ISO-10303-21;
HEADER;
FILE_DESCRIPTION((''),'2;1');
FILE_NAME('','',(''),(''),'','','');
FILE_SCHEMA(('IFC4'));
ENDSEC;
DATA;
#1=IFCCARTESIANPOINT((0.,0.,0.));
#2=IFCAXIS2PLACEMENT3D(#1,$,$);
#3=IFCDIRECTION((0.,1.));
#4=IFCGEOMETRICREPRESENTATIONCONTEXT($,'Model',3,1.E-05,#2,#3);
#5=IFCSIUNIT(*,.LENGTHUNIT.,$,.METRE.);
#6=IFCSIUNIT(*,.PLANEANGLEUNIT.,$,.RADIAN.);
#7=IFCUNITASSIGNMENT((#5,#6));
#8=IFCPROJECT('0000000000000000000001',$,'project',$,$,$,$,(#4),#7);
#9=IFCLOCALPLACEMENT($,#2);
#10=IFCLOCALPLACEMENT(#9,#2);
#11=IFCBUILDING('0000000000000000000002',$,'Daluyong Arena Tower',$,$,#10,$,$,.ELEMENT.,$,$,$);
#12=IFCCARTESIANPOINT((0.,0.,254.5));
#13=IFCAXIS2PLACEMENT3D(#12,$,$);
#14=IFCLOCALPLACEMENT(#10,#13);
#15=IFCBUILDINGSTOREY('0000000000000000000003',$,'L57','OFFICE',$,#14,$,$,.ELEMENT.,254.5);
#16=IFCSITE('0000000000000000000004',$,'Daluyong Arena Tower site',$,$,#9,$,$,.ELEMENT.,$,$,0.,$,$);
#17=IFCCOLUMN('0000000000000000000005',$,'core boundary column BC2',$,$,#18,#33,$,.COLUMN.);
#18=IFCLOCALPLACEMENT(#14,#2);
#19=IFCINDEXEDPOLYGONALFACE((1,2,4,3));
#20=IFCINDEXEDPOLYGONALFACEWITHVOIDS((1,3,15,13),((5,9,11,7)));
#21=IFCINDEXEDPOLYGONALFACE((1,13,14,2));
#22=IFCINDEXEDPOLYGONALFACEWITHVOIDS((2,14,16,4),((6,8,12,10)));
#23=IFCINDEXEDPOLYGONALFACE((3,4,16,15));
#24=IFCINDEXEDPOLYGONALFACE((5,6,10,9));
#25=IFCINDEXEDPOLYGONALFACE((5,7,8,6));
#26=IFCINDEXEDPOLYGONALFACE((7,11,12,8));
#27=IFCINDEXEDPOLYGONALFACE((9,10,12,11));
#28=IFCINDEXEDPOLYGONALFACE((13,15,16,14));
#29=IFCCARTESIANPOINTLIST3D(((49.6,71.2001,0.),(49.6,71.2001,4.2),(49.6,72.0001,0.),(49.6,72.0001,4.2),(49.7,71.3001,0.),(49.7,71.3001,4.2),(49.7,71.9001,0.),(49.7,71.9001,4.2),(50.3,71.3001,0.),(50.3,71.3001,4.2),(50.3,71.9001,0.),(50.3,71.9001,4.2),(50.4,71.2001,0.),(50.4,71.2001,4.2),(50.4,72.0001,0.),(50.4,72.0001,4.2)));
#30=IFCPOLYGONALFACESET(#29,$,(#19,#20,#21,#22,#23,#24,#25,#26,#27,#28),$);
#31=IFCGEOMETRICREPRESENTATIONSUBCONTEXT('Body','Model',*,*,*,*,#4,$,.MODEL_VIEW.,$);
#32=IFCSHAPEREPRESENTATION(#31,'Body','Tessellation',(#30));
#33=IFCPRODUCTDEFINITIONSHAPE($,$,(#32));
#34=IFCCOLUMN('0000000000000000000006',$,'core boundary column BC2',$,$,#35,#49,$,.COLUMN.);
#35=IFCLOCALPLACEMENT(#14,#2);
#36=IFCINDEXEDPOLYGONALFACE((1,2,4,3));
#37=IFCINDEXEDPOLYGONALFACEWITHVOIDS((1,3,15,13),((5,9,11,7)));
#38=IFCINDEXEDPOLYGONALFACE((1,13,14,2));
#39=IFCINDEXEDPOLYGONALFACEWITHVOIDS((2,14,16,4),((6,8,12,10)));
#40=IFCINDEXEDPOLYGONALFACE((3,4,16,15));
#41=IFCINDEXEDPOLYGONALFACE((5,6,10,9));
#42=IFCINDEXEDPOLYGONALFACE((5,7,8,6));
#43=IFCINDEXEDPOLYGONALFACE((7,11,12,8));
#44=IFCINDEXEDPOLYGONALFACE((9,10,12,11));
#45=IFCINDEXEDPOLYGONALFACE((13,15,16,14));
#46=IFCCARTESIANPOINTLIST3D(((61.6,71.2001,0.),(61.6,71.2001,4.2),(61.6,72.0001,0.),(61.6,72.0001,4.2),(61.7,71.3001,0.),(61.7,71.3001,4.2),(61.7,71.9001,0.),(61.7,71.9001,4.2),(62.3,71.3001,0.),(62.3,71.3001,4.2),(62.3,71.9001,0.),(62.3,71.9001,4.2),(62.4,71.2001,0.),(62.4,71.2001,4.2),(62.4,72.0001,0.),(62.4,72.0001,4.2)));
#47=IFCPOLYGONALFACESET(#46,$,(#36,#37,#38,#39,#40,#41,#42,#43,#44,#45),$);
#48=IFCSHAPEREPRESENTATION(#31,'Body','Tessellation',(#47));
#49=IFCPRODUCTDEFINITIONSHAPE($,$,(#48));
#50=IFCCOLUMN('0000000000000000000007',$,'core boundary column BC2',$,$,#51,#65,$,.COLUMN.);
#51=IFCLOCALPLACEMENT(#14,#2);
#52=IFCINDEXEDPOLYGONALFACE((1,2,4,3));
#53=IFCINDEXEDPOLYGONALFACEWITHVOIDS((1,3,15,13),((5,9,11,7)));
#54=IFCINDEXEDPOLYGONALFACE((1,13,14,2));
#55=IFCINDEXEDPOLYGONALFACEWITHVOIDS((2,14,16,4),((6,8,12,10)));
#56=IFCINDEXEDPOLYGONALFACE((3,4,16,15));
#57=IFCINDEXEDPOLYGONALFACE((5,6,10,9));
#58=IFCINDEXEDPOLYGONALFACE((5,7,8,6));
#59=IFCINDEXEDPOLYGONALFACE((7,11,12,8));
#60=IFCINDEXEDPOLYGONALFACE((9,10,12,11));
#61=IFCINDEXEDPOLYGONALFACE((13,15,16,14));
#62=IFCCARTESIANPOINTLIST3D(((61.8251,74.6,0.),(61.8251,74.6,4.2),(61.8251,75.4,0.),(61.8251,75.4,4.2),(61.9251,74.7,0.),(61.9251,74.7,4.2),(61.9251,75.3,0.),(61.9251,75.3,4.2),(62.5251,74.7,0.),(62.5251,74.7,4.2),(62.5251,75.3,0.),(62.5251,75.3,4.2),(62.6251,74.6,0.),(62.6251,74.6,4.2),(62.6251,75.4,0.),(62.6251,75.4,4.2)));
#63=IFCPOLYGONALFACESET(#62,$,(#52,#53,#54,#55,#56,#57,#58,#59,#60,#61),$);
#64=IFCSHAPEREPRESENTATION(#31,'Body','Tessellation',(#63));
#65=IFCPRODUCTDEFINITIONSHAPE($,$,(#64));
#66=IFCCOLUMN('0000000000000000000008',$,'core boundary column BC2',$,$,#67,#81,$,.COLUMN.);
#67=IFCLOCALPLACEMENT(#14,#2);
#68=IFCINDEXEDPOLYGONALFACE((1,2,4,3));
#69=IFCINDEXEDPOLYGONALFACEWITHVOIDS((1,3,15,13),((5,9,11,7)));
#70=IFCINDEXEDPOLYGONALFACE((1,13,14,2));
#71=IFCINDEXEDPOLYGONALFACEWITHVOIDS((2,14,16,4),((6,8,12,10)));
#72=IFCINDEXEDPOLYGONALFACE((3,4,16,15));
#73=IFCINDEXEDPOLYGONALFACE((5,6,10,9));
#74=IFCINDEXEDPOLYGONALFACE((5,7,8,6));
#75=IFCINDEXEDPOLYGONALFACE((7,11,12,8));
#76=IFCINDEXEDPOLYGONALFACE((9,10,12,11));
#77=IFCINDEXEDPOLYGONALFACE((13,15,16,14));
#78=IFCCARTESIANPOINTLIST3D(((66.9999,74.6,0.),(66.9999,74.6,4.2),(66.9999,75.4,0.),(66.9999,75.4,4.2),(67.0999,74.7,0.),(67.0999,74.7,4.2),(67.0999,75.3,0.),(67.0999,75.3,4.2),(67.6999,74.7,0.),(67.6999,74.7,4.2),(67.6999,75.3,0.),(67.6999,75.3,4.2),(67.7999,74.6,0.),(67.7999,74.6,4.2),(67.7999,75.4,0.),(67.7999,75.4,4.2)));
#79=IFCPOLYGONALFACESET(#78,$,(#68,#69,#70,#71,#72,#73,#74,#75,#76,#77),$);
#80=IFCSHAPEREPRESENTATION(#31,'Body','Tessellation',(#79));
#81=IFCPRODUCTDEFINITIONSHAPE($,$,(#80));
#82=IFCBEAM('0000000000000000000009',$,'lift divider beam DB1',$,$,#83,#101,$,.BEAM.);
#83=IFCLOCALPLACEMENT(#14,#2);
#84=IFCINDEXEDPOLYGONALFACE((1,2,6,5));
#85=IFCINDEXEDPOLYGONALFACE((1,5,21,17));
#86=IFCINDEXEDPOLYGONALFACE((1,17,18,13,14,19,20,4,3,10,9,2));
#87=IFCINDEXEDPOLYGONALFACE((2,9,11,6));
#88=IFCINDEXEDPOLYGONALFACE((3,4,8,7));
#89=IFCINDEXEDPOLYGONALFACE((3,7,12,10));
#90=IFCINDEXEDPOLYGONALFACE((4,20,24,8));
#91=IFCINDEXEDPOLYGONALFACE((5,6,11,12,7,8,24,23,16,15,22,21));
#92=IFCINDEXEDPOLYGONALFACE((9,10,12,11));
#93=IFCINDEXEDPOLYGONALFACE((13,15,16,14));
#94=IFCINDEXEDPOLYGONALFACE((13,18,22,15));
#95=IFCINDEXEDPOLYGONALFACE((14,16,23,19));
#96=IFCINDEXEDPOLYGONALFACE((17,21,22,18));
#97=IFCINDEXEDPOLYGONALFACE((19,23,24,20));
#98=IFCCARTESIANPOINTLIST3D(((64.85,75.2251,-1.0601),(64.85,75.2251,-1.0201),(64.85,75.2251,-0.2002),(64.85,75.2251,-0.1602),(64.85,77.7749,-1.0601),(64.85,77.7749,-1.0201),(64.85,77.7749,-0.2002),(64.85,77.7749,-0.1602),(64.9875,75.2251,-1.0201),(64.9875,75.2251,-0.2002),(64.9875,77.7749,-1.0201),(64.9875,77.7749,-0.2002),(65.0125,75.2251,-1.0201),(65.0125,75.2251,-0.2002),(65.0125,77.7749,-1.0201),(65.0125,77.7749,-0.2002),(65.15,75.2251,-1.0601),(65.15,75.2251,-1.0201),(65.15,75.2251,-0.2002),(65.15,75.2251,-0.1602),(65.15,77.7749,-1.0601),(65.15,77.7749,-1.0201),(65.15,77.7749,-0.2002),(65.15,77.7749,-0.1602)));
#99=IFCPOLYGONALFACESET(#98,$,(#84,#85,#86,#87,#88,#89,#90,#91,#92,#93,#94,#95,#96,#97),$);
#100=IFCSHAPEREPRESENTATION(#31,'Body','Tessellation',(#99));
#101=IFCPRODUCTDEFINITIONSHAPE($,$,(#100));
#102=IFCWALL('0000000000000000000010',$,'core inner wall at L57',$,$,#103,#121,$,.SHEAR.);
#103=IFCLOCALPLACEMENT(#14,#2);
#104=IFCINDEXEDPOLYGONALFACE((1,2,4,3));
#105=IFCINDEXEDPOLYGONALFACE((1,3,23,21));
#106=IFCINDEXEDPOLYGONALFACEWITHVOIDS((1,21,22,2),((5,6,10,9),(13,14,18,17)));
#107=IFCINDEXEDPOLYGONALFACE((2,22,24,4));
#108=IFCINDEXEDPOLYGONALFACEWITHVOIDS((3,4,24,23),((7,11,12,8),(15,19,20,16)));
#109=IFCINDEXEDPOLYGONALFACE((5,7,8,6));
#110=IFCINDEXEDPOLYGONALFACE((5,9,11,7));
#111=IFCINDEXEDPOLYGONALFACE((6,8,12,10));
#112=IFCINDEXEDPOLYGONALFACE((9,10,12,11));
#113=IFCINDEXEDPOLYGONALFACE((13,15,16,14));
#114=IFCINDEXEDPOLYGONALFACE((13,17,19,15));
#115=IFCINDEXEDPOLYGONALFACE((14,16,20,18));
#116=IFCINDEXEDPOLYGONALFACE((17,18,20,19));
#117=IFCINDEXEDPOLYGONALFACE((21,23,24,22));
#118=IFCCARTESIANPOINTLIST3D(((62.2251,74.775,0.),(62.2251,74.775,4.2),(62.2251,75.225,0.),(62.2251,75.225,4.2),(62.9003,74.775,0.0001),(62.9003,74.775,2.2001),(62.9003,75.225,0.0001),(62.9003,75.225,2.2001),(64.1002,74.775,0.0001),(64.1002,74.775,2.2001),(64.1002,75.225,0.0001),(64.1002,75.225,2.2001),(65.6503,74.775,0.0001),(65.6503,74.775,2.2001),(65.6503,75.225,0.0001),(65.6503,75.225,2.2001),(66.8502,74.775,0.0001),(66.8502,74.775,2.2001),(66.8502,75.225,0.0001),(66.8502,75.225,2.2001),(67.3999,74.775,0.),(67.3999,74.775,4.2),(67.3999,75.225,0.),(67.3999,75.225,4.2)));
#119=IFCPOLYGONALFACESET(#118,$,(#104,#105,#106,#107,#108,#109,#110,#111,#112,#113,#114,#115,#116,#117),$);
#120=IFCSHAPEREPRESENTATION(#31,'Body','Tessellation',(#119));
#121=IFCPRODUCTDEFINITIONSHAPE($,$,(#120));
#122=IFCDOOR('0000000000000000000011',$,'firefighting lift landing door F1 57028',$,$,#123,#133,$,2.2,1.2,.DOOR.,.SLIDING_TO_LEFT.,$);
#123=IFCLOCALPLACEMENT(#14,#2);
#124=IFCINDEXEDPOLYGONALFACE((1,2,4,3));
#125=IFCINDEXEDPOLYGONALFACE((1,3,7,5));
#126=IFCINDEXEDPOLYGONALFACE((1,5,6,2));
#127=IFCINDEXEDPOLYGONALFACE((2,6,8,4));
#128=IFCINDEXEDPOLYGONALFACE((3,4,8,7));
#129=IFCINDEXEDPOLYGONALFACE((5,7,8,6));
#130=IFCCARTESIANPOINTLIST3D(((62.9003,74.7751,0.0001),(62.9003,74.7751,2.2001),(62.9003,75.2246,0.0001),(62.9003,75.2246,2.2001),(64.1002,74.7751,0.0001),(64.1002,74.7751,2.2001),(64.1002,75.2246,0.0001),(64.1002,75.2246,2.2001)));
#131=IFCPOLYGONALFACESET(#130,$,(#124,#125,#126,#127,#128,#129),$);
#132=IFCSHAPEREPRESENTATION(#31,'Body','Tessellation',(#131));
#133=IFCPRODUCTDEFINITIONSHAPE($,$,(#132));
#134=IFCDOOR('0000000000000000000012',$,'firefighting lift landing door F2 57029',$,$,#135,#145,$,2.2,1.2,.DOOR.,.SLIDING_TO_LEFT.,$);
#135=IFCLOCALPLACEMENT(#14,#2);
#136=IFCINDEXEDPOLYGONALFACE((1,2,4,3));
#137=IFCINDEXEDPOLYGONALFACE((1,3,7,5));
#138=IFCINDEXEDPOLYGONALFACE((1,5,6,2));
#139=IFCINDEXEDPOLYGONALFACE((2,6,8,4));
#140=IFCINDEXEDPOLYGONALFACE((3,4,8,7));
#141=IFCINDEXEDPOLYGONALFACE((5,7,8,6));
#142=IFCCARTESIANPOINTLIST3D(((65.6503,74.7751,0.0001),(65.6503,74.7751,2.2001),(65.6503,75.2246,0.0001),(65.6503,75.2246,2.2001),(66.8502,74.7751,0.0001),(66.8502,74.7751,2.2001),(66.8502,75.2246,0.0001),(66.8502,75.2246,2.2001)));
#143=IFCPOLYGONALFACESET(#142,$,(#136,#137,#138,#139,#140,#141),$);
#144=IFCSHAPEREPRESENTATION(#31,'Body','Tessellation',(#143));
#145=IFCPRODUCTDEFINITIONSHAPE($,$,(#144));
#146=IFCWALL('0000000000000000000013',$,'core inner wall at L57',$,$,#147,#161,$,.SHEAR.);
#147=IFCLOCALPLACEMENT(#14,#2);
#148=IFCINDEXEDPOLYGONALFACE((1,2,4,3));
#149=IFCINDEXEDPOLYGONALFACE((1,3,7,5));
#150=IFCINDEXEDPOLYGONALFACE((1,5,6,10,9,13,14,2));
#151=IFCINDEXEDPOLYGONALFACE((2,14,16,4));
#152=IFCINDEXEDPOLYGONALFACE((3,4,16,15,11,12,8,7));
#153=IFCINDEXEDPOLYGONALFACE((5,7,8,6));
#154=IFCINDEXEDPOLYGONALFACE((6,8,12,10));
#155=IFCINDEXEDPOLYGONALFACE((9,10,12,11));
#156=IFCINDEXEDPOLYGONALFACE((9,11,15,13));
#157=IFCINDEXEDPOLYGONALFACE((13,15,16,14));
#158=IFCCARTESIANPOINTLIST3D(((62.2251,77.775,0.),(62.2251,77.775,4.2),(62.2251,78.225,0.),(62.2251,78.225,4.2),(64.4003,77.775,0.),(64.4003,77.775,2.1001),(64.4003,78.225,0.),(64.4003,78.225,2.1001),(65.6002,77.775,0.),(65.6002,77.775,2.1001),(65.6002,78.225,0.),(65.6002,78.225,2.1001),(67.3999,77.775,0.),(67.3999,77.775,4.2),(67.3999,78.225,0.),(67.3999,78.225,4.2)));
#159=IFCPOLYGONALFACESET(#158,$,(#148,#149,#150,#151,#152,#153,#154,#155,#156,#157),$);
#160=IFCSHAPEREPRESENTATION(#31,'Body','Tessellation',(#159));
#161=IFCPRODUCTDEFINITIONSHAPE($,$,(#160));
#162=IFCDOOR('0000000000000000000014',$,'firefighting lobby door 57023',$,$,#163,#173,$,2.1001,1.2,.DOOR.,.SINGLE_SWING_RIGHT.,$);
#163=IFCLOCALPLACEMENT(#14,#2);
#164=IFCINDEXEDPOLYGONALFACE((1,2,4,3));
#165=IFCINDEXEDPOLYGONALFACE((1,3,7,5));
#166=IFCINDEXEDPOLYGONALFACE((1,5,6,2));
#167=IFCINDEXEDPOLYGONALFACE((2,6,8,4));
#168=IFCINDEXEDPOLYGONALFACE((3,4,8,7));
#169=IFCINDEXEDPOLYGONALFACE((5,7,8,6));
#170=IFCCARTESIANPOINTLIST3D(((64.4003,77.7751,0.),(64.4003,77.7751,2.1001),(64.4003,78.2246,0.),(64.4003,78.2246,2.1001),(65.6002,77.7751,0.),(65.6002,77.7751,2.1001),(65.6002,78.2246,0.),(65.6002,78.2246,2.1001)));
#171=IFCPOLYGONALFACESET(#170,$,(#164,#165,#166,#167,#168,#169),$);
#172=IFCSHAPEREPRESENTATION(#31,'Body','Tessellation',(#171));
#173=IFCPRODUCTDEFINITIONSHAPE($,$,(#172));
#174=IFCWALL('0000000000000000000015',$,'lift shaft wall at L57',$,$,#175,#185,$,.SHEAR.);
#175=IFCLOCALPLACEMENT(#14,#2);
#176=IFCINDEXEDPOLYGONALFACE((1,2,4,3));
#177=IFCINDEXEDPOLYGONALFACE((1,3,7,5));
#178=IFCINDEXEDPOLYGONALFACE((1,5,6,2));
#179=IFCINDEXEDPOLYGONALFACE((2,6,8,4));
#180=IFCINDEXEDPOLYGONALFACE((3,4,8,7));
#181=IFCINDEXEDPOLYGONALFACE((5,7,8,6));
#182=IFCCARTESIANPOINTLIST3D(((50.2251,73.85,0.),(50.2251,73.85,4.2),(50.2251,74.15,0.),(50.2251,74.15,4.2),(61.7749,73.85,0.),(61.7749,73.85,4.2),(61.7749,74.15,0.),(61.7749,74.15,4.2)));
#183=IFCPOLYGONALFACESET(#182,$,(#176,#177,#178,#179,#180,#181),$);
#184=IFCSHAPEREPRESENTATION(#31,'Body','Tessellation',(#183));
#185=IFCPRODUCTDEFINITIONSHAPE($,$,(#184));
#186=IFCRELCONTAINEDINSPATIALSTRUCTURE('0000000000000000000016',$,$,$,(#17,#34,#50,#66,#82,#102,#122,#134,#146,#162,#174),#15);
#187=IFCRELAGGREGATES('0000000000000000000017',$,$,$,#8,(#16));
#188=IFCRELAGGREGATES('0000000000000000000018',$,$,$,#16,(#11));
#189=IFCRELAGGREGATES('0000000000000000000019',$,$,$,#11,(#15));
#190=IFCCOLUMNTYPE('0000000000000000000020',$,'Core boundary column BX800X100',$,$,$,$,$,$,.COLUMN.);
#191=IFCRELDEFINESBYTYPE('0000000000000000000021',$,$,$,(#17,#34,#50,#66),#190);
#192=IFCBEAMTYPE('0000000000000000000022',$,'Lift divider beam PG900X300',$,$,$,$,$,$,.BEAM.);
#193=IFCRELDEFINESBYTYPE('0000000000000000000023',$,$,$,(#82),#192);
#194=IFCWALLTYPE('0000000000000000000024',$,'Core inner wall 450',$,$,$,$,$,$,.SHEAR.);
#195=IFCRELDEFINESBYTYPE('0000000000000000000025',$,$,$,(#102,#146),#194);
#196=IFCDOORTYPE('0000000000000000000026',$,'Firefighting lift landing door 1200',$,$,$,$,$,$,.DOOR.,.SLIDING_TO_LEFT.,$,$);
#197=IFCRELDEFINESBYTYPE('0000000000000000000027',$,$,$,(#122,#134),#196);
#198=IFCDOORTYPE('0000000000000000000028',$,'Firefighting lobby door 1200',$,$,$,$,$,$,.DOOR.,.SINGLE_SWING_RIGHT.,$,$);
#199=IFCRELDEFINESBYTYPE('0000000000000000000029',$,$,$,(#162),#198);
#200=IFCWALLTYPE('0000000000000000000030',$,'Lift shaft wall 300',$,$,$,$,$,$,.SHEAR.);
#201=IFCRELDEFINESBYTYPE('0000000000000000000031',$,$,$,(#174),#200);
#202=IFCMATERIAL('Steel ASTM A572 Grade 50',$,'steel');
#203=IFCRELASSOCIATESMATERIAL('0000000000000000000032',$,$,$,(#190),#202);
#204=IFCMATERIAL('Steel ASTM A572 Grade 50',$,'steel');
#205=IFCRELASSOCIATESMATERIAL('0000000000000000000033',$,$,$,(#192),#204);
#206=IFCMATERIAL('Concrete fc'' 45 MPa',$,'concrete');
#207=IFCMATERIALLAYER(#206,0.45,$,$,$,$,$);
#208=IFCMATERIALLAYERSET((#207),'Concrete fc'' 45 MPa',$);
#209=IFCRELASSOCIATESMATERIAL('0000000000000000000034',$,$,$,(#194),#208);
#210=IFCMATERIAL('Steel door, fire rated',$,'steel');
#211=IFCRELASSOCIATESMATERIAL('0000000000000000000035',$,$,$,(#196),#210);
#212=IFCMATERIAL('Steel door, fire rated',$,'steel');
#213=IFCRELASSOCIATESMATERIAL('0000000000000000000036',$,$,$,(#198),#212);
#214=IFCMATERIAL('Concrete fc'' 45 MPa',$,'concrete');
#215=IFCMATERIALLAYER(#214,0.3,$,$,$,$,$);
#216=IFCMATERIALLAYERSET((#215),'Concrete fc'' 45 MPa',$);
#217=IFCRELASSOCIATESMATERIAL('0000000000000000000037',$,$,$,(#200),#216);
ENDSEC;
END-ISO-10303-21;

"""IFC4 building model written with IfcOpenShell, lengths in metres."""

from ifc_helpers import new_model, si_unit, direction, frame, frame_2d, origin, origin_2d, place, context, subcontext, project, spatial, rectangle, hollow_rectangle, i_section, extrude, material, layer, layer_set, material_profile, profile_set, type_object, element, fill, save


model = new_model("IFC4")

# Units and contexts
model_context = context("Model", 3, precision=1e-05, world=origin(), true_north=direction((0.0, 1.0)))
body_context = subcontext(model_context, "Body", "Model", "MODEL_VIEW")
ifc_project = project(units=[si_unit("LENGTHUNIT", "METRE"), si_unit("PLANEANGLEUNIT", "RADIAN")], contexts=[model_context])

# Site, building, storey
site_placement = place(None, origin())
site = spatial("IfcSite", under=ifc_project, at=site_placement, Name="Daluyong Arena Tower site", CompositionType="ELEMENT", RefElevation=0.0)
building_placement = place(site_placement, origin())
building = spatial("IfcBuilding", under=site, at=building_placement, Name="Daluyong Arena Tower", CompositionType="ELEMENT")
storey_placement = place(building_placement, frame((0.0, 0.0, 254.5)))
storey = spatial("IfcBuildingStorey", under=building, at=storey_placement, Name="L57", Description="OFFICE", CompositionType="ELEMENT", Elevation=254.5)

# Columns
ifc_material_1 = material(Name="Steel ASTM A572 Grade 50", Category="steel")
ifc_material_profile_1 = material_profile(ifc_material_1, hollow_rectangle(XDim=0.8, YDim=0.8, WallThickness=0.1, at=origin_2d()))
ifc_profile_set_1 = profile_set([ifc_material_profile_1], Name="Steel ASTM A572 Grade 50")
column_type = type_object("IfcColumnType", Name="Core boundary column BX800X100", PredefinedType="COLUMN", material=ifc_profile_set_1)
for number, where, z_axis, x_axis, name in (
    (1, (50.0, 71.6001, 0.0), (0.0, 0.0, 1.0), (1.0, 0.0, 0.0), "core boundary column BC2"),
    (2, (62.0, 71.6001, 0.0), (0.0, 0.0, 1.0), (1.0, 0.0, 0.0), "core boundary column BC2"),
    (3, (62.2251, 75.0, 0.0), (0.0, 0.0, 1.0), (1.0, 0.0, 0.0), "core boundary column BC2"),
    (4, (67.3999, 75.0, 0.0), (0.0, 0.0, 1.0), (1.0, 0.0, 0.0), "core boundary column BC2"),
):
    element("IfcColumn", number, at=place(storey_placement, frame(where, z_axis=z_axis, x_axis=x_axis)), inside=storey, type_object=column_type, Name=name, PredefinedType="COLUMN", context=body_context, shape_type="SweptSolid", body=[
        extrude(hollow_rectangle(XDim=0.8, YDim=0.8, WallThickness=0.1, at=origin_2d()), origin(), (0.0, 0.0, 1.0), 4.2),
    ])

# Beam
ifc_material_2 = material(Name="Steel ASTM A572 Grade 50", Category="steel")
ifc_material_profile_2 = material_profile(ifc_material_2, i_section(OverallWidth=0.3, OverallDepth=0.8999, WebThickness=0.025, FlangeThickness=0.04, at=origin_2d()))
ifc_profile_set_2 = profile_set([ifc_material_profile_2], Name="Steel ASTM A572 Grade 50")
beam_type = type_object("IfcBeamType", Name="Lift divider beam PG900X300", PredefinedType="BEAM", material=ifc_profile_set_2)
beam_placement = place(storey_placement, frame((65.0, 75.2251, -0.6101), z_axis=(0.0, 1.0, 0.0), x_axis=(-1.0, 0.0, 0.0)))
element("IfcBeam", 5, at=beam_placement, inside=storey, type_object=beam_type, Name="lift divider beam DB1", PredefinedType="BEAM", context=body_context, shape_type="SweptSolid", body=[
    extrude(i_section(OverallWidth=0.3, OverallDepth=0.8999, WebThickness=0.025, FlangeThickness=0.04, at=origin_2d()), origin(), (0.0, 0.0, 1.0), 2.5498),
])

# Shared definitions
ifc_material_3 = material(Name="Concrete fc' 45 MPa", Category="concrete")
ifc_layer_1 = layer(ifc_material_3, 0.45)
ifc_layer_set_1 = layer_set([ifc_layer_1], Name="Concrete fc' 45 MPa")
wall_type_1 = type_object("IfcWallType", Name="Core inner wall 450", PredefinedType="SHEAR", material=ifc_layer_set_1)

# Wall, openings, doors
wall_1_placement = place(storey_placement, frame((62.2251, 75.0, 0.0), z_axis=(0.0, 0.0, 1.0), x_axis=(1.0, 0.0, 0.0)))
wall_1 = element("IfcWall", 6, at=wall_1_placement, inside=storey, type_object=wall_type_1, Name="core inner wall at L57", PredefinedType="SHEAR", context=body_context, shape_type="SweptSolid", body=[
    extrude(rectangle(XDim=5.1748, YDim=0.45, at=frame_2d((2.5874, 0.0))), origin(), (0.0, 0.0, 1.0), 4.2),
])
opening_1_placement = place(wall_1_placement, frame((0.675, 0.0, 0.0)))
opening_1 = element("IfcOpeningElement", 7, at=opening_1_placement, cuts=wall_1, PredefinedType="OPENING", context=body_context, shape_type="SweptSolid", body=[
    extrude(rectangle(XDim=1.2, YDim=2.2, at=frame_2d((0.6001, 1.1001))), frame((0.0, 0.2349, 0.0), z_axis=(0.0, -1.0, 0.0), x_axis=(1.0, 0.0, 0.0)), (0.0, 0.0, 1.0), 0.47),
])
opening_2_placement = place(wall_1_placement, frame((3.425, 0.0, 0.0)))
opening_2 = element("IfcOpeningElement", 8, at=opening_2_placement, cuts=wall_1, PredefinedType="OPENING", context=body_context, shape_type="SweptSolid", body=[
    extrude(rectangle(XDim=1.2, YDim=2.2, at=frame_2d((0.6001, 1.1001))), frame((0.0, 0.2349, 0.0), z_axis=(0.0, -1.0, 0.0), x_axis=(1.0, 0.0, 0.0)), (0.0, 0.0, 1.0), 0.47),
])
ifc_material_4 = material(Name="Steel door, fire rated", Category="steel")
door_type_1 = type_object("IfcDoorType", Name="Firefighting lift landing door 1200", OperationType="SLIDING_TO_LEFT", PredefinedType="DOOR", material=ifc_material_4)
door_1_placement = place(opening_1_placement, origin())
door_1 = element("IfcDoor", 9, at=door_1_placement, inside=storey, type_object=door_type_1, Name="firefighting lift landing door F1 57028", OperationType="SLIDING_TO_LEFT", OverallHeight=2.2, OverallWidth=1.2, PredefinedType="DOOR", context=body_context, shape_type="SweptSolid", body=[
    extrude(rectangle(XDim=1.2, YDim=2.2, at=frame_2d((0.6001, 1.1001))), frame((0.0, 0.2246, 0.0), z_axis=(0.0, -1.0, 0.0), x_axis=(1.0, 0.0, 0.0)), (0.0, 0.0, 1.0), 0.4495),
])
fill(opening_1, door_1)
door_2_placement = place(opening_2_placement, origin())
door_2 = element("IfcDoor", 10, at=door_2_placement, inside=storey, type_object=door_type_1, Name="firefighting lift landing door F2 57029", OperationType="SLIDING_TO_LEFT", OverallHeight=2.2, OverallWidth=1.2, PredefinedType="DOOR", context=body_context, shape_type="SweptSolid", body=[
    extrude(rectangle(XDim=1.2, YDim=2.2, at=frame_2d((0.6001, 1.1001))), frame((0.0, 0.2246, 0.0), z_axis=(0.0, -1.0, 0.0), x_axis=(1.0, 0.0, 0.0)), (0.0, 0.0, 1.0), 0.4495),
])
fill(opening_2, door_2)

# Wall, opening, door
wall_2_placement = place(storey_placement, frame((62.2251, 78.0, 0.0), z_axis=(0.0, 0.0, 1.0), x_axis=(1.0, 0.0, 0.0)))
wall_2 = element("IfcWall", 11, at=wall_2_placement, inside=storey, type_object=wall_type_1, Name="core inner wall at L57", PredefinedType="SHEAR", context=body_context, shape_type="SweptSolid", body=[
    extrude(rectangle(XDim=5.1748, YDim=0.45, at=frame_2d((2.5874, 0.0))), origin(), (0.0, 0.0, 1.0), 4.2),
])
opening_3_placement = place(wall_2_placement, frame((2.175, 0.0, 0.0)))
opening_3 = element("IfcOpeningElement", 12, at=opening_3_placement, cuts=wall_2, PredefinedType="OPENING", context=body_context, shape_type="SweptSolid", body=[
    extrude(rectangle(XDim=1.2, YDim=2.1001, at=frame_2d((0.6001, 1.05))), frame((0.0, 0.2349, 0.0), z_axis=(0.0, -1.0, 0.0), x_axis=(1.0, 0.0, 0.0)), (0.0, 0.0, 1.0), 0.47),
])
ifc_material_5 = material(Name="Steel door, fire rated", Category="steel")
door_type_2 = type_object("IfcDoorType", Name="Firefighting lobby door 1200", OperationType="SINGLE_SWING_RIGHT", PredefinedType="DOOR", material=ifc_material_5)
door_3_placement = place(opening_3_placement, origin())
door_3 = element("IfcDoor", 13, at=door_3_placement, inside=storey, type_object=door_type_2, Name="firefighting lobby door 57023", OperationType="SINGLE_SWING_RIGHT", OverallHeight=2.1001, OverallWidth=1.2, PredefinedType="DOOR", context=body_context, shape_type="SweptSolid", body=[
    extrude(rectangle(XDim=1.2, YDim=2.1001, at=frame_2d((0.6001, 1.05))), frame((0.0, 0.2246, 0.0), z_axis=(0.0, -1.0, 0.0), x_axis=(1.0, 0.0, 0.0)), (0.0, 0.0, 1.0), 0.4495),
])
fill(opening_3, door_3)

# Wall
ifc_material_6 = material(Name="Concrete fc' 45 MPa", Category="concrete")
ifc_layer_2 = layer(ifc_material_6, 0.3)
ifc_layer_set_2 = layer_set([ifc_layer_2], Name="Concrete fc' 45 MPa")
wall_type_2 = type_object("IfcWallType", Name="Lift shaft wall 300", PredefinedType="SHEAR", material=ifc_layer_set_2)
wall_3_placement = place(storey_placement, frame((50.2251, 74.0, 0.0), z_axis=(0.0, 0.0, 1.0), x_axis=(1.0, 0.0, 0.0)))
element("IfcWall", 14, at=wall_3_placement, inside=storey, type_object=wall_type_2, Name="lift shaft wall at L57", PredefinedType="SHEAR", context=body_context, shape_type="SweptSolid", body=[
    extrude(rectangle(XDim=11.5498, YDim=0.3, at=frame_2d((5.7749, 0.0))), origin(), (0.0, 0.0, 1.0), 4.2),
])

save(model, "model.ifc")
